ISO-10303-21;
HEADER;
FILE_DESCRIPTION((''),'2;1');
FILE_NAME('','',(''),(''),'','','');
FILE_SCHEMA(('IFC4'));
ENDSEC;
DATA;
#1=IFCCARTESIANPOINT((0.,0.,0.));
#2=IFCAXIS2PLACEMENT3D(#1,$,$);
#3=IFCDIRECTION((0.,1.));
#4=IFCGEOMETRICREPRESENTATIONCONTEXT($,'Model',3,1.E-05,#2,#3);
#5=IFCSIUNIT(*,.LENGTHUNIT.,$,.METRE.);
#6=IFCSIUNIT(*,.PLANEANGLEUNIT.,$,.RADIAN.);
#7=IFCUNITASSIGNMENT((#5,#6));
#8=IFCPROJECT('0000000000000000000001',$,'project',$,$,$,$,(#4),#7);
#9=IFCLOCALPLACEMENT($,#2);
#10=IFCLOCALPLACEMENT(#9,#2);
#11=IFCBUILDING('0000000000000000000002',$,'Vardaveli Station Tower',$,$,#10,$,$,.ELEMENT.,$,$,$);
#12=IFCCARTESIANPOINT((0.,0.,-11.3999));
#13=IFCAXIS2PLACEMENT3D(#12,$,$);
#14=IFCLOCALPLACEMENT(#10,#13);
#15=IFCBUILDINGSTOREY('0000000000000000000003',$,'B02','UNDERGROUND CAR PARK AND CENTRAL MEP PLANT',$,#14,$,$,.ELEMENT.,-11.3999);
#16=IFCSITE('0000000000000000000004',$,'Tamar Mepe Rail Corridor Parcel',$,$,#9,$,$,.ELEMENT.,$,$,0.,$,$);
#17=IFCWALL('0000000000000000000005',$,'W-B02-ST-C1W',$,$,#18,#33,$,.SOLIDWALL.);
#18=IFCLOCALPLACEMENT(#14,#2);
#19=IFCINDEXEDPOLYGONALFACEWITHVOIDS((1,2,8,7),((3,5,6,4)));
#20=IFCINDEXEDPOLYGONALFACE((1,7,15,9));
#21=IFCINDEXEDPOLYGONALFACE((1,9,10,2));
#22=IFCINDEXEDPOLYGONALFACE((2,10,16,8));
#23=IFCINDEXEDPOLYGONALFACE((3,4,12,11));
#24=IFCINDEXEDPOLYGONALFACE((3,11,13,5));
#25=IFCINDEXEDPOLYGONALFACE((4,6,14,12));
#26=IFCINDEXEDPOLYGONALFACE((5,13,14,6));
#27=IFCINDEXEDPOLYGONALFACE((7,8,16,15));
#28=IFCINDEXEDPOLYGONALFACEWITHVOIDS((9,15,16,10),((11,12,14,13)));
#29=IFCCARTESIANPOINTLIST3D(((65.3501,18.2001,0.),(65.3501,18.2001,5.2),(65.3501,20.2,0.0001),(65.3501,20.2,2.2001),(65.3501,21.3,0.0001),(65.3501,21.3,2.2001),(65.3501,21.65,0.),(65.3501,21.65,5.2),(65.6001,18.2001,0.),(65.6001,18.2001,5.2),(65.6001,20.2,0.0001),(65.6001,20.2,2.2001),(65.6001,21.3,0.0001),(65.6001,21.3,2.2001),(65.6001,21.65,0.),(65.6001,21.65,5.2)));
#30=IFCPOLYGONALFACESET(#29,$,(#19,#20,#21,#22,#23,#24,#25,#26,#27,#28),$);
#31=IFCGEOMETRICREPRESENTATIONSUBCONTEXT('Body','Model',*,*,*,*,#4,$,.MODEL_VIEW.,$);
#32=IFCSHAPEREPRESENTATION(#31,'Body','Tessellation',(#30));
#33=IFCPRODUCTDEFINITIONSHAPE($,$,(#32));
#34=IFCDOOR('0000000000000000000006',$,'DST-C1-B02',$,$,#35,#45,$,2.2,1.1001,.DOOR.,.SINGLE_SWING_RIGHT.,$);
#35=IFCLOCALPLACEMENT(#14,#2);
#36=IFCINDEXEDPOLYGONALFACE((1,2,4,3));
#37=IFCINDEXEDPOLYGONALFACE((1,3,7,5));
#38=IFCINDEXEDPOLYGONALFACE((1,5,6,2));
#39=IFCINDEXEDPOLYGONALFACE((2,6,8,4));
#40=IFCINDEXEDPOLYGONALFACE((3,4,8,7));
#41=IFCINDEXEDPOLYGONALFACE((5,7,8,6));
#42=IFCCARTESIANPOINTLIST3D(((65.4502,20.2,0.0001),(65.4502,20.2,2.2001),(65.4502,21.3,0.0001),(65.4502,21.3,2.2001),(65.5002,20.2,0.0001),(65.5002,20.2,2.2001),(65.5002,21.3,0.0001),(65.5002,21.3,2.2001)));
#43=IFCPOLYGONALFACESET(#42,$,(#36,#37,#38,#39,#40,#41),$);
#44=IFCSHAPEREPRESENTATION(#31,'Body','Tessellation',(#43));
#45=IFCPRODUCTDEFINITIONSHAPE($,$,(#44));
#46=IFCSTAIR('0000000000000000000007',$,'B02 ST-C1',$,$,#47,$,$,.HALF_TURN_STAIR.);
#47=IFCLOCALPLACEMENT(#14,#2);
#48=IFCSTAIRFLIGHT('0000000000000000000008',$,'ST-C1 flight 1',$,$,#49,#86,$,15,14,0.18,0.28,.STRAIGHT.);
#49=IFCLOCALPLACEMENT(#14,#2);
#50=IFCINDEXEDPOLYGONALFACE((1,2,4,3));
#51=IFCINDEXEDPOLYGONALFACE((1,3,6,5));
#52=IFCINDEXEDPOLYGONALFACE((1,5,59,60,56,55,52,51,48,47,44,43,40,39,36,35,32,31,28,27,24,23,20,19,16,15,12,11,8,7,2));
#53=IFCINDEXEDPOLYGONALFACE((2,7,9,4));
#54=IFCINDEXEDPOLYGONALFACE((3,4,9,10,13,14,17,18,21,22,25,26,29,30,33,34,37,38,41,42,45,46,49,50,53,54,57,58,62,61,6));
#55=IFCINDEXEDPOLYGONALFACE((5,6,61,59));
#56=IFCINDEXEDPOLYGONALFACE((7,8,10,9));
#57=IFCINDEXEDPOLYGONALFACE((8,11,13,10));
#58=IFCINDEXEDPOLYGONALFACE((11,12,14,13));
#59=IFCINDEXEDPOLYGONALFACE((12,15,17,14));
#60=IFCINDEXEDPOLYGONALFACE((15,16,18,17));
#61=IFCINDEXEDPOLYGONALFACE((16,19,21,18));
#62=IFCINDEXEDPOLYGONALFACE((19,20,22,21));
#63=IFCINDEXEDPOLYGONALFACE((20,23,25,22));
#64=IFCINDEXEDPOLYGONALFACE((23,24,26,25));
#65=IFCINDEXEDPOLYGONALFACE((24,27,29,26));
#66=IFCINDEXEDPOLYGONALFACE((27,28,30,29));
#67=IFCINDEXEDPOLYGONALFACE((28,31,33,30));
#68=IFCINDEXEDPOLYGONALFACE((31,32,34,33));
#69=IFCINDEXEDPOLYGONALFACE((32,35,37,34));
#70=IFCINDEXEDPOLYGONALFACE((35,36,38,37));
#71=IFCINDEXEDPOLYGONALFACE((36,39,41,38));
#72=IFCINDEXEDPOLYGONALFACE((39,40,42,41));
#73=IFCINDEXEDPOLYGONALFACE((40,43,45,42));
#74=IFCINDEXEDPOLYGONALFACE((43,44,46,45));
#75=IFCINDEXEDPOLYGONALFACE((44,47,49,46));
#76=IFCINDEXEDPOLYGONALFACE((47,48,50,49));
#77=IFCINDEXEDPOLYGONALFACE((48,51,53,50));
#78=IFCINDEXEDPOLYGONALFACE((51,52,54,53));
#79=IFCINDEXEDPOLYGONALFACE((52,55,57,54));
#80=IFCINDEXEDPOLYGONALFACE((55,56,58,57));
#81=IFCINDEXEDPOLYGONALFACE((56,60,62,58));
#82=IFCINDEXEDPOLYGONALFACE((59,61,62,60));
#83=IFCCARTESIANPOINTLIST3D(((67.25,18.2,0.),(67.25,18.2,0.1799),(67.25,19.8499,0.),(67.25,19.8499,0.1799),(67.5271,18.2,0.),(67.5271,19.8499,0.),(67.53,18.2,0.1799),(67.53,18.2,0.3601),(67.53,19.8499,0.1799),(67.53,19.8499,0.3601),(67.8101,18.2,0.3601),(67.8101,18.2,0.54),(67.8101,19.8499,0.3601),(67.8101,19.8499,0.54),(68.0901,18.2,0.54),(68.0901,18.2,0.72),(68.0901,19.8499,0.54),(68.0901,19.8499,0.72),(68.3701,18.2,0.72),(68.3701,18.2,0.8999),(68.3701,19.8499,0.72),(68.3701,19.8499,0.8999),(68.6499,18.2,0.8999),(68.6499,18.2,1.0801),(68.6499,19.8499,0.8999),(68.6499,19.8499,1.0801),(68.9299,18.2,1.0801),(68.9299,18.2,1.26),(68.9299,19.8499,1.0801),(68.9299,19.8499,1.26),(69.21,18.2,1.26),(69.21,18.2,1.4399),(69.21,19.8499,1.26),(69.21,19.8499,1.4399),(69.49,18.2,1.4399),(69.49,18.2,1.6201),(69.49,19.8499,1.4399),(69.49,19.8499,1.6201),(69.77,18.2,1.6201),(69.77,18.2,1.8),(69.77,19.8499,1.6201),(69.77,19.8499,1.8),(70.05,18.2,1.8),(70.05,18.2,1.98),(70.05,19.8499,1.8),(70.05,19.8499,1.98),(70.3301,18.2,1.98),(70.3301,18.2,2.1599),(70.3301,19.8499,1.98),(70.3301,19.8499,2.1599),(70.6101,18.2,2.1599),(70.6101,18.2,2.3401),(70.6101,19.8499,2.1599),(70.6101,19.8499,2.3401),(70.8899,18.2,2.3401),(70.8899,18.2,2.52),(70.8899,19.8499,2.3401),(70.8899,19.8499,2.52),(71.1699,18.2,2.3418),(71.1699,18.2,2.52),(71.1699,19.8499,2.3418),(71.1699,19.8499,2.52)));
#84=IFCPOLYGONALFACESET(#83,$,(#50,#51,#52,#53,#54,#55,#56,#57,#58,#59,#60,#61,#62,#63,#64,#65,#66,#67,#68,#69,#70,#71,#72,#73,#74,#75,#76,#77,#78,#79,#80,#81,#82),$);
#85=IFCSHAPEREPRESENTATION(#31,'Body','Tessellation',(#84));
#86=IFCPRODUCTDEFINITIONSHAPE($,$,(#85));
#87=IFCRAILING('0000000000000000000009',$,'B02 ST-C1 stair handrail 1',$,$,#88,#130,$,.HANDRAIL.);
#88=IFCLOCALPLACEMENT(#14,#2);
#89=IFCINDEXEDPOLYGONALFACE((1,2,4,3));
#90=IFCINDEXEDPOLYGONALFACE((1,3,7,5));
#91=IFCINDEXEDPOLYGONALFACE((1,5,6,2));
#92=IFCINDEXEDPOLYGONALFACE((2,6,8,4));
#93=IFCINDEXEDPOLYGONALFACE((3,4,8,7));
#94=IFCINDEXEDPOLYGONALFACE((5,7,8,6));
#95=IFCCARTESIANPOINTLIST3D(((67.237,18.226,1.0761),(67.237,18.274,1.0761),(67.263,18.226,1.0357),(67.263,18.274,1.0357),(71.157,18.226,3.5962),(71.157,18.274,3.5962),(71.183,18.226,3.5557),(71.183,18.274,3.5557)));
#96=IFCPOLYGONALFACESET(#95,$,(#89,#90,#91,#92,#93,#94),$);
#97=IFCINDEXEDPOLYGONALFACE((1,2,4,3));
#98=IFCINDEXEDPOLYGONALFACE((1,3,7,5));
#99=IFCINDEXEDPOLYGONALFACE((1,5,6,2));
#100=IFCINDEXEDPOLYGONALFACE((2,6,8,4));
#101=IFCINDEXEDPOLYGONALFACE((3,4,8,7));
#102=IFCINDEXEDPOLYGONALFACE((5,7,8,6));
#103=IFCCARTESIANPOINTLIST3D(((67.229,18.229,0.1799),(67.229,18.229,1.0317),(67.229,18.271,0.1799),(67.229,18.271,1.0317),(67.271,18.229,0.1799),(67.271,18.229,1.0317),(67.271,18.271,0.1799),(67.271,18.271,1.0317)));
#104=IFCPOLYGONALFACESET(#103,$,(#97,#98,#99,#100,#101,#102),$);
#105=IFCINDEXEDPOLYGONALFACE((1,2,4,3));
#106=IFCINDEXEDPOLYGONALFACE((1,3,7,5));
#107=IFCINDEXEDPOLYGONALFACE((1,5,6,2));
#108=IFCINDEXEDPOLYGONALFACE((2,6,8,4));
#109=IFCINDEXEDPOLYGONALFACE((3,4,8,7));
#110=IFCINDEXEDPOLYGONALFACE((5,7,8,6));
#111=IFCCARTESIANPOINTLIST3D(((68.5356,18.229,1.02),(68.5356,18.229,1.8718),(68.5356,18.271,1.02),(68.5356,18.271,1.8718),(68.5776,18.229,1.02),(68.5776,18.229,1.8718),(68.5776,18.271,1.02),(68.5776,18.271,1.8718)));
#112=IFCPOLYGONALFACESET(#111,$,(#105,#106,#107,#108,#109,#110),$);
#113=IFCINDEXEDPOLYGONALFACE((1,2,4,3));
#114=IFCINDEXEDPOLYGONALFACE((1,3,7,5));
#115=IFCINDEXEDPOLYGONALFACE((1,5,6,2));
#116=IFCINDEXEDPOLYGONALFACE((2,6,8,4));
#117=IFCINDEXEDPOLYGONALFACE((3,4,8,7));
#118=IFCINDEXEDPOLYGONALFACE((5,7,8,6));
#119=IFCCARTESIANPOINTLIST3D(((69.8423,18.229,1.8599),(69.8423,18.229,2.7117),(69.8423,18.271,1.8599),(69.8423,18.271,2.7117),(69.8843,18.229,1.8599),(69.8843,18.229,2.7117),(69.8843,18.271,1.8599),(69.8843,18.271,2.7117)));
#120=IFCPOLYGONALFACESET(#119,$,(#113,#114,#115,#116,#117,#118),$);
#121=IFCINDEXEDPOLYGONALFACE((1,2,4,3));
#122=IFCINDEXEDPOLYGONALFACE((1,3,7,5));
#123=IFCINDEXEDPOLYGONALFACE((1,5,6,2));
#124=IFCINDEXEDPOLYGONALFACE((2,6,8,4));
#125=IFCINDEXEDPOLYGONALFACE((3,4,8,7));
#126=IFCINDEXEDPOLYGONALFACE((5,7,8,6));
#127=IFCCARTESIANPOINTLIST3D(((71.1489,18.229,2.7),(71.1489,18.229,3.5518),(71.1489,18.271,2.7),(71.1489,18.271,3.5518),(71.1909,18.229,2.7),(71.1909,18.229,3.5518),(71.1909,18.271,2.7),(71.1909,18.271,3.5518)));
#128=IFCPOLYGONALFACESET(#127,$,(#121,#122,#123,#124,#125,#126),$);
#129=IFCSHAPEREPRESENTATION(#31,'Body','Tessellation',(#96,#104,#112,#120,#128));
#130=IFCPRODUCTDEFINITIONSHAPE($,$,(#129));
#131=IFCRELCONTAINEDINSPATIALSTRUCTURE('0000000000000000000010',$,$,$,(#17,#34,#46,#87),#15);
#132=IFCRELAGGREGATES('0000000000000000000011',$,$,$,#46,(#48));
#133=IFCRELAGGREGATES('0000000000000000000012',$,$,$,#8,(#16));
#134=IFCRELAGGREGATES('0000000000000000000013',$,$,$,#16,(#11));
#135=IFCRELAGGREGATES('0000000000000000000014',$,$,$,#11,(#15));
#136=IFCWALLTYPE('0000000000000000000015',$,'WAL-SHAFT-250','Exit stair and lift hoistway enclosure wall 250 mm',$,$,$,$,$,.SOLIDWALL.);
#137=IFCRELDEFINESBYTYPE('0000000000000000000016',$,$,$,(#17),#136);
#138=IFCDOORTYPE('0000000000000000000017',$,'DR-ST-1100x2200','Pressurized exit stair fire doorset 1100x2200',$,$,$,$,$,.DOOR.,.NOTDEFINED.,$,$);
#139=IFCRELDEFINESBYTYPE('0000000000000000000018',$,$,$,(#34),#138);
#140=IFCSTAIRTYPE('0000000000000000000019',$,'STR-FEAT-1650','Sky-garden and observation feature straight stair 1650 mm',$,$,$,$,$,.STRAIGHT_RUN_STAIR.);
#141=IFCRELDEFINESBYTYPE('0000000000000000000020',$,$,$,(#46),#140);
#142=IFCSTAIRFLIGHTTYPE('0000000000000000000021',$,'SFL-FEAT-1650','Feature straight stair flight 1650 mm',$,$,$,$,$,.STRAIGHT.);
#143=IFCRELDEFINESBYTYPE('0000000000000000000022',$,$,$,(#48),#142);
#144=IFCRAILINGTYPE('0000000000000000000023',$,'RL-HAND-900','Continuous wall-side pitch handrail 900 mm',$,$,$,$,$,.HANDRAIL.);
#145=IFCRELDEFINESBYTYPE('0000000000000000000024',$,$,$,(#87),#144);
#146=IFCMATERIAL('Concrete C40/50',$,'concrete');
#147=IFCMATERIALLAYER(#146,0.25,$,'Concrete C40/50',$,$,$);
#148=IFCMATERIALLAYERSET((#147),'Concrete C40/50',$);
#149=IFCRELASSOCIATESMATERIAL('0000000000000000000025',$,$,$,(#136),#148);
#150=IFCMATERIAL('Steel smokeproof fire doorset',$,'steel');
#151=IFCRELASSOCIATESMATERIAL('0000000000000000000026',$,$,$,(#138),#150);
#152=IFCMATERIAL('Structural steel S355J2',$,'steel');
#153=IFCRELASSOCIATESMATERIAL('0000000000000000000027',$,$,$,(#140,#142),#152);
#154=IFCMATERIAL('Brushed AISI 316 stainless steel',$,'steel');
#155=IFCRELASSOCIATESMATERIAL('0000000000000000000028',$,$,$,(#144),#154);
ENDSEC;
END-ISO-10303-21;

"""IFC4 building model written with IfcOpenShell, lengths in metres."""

from ifc_helpers import new_model, si_unit, direction, frame, frame_2d, origin, origin_2d, place, context, subcontext, project, spatial, polyline, rectangle, outline, extrude, source, transform, mapped, material, layer, layer_set, type_object, element, fill, aggregate, save


model = new_model("IFC4")

# Units and contexts
model_context = context("Model", 3, precision=1e-05, world=origin(), true_north=direction((0.0, 1.0)))
body_context = subcontext(model_context, "Body", "Model", "MODEL_VIEW")
ifc_project = project(units=[si_unit("LENGTHUNIT", "METRE"), si_unit("PLANEANGLEUNIT", "RADIAN")], contexts=[model_context])

# Site, building, storey
site_placement = place(None, origin())
site = spatial("IfcSite", under=ifc_project, at=site_placement, Name="Tamar Mepe Rail Corridor Parcel", CompositionType="ELEMENT", RefElevation=0.0)
building_placement = place(site_placement, origin())
building = spatial("IfcBuilding", under=site, at=building_placement, Name="Vardaveli Station Tower", CompositionType="ELEMENT")
storey_placement = place(building_placement, frame((0.0, 0.0, -11.3999)))
storey = spatial("IfcBuildingStorey", under=building, at=storey_placement, Name="B02", Description="UNDERGROUND CAR PARK AND CENTRAL MEP PLANT", CompositionType="ELEMENT", Elevation=-11.3999)

# Shared definitions
ifc_material_1 = material(Name="Concrete C40/50", Category="concrete")

# Shared definitions
ifc_layer_1 = layer(ifc_material_1, 0.25, Name="Concrete C40/50")
ifc_layer_set_1 = layer_set([ifc_layer_1], Name="Concrete C40/50")
wall_type_1 = type_object("IfcWallType", Name="WAL-SHAFT-250", Description="Exit stair and lift hoistway enclosure wall 250 mm", PredefinedType="SOLIDWALL", material=ifc_layer_set_1)
shared_shape_1 = source(origin(), body_context, "Body", "SweptSolid", [
    extrude(rectangle(XDim=3.45, YDim=0.25, at=frame_2d((1.7251, 0.0))), origin(), (0.0, 0.0, 1.0), 5.2),
])

# Wall, opening, door
wall_1_placement = place(storey_placement, frame((65.4751, 18.2, 0.0), z_axis=(0.0, 0.0, 1.0), x_axis=(0.0, 1.0, 0.0)))
wall_1 = element("IfcWall", 1, at=wall_1_placement, inside=storey, type_object=wall_type_1, Name="W-B02-ST-C1W", PredefinedType="SOLIDWALL", context=body_context, shape_type="MappedRepresentation", body=[
    mapped(shared_shape_1, transform((0.0, 0.0, 0.0), scale=1.0)),
])
shared_shape_2 = source(origin(), body_context, "Body", "SweptSolid", [
    extrude(rectangle(XDim=1.1001, YDim=2.2, at=frame_2d((0.55, 1.1001))), frame((0.0, 0.135, 0.0), z_axis=(0.0, -1.0, 0.0), x_axis=(1.0, 0.0, 0.0)), (0.0, 0.0, 1.0), 0.27),
])
opening_placement = place(wall_1_placement, frame((2.0, 0.0, 0.0)))
opening = element("IfcOpeningElement", 2, at=opening_placement, cuts=wall_1, PredefinedType="OPENING", context=body_context, shape_type="MappedRepresentation", body=[
    mapped(shared_shape_2, transform((0.0, 0.0, 0.0), scale=1.0)),
])
ifc_material_2 = material(Name="Steel smokeproof fire doorset", Category="steel")
door_type = type_object("IfcDoorType", Name="DR-ST-1100x2200", Description="Pressurized exit stair fire doorset 1100x2200", OperationType="NOTDEFINED", PredefinedType="DOOR", material=ifc_material_2)
shared_shape_3 = source(origin(), body_context, "Body", "SweptSolid", [
    extrude(rectangle(XDim=1.1001, YDim=2.2, at=frame_2d((0.55, 1.1001))), frame((0.0, 0.0249, 0.0), z_axis=(0.0, -1.0, 0.0), x_axis=(1.0, 0.0, 0.0)), (0.0, 0.0, 1.0), 0.05),
])
door_placement = place(opening_placement, origin())
door = element("IfcDoor", 3, at=door_placement, inside=storey, type_object=door_type, Name="DST-C1-B02", OperationType="SINGLE_SWING_RIGHT", OverallHeight=2.2, OverallWidth=1.1001, PredefinedType="DOOR", context=body_context, shape_type="MappedRepresentation", body=[
    mapped(shared_shape_3, transform((0.0, 0.0, 0.0), scale=1.0)),
])
fill(opening, door)

# Stair, stair flight
ifc_material_3 = material(Name="Structural steel S355J2", Category="steel")
stair_type = type_object("IfcStairType", Name="STR-FEAT-1650", Description="Sky-garden and observation feature straight stair 1650 mm", PredefinedType="STRAIGHT_RUN_STAIR", material=ifc_material_3)
stair_placement = place(storey_placement, origin())
stair = element("IfcStair", 4, at=stair_placement, inside=storey, type_object=stair_type, Name="B02 ST-C1", PredefinedType="HALF_TURN_STAIR")
stair_flight_type = type_object("IfcStairFlightType", Name="SFL-FEAT-1650", Description="Feature straight stair flight 1650 mm", PredefinedType="STRAIGHT", material=ifc_material_3)
shared_shape_4 = source(origin(), body_context, "Body", "SweptSolid", [
    extrude(outline(polyline([(0.0, 0.0), (0.0, 0.1799), (0.28, 0.1799), (0.28, 0.3601), (0.5601, 0.3601), (0.5601, 0.54), (0.8401, 0.54), (0.8401, 0.72), (1.1201, 0.72), (1.1201, 0.8999), (1.3999, 0.8999), (1.3999, 1.0801), (1.6799, 1.0801), (1.6799, 1.26), (1.96, 1.26), (1.96, 1.4399), (2.24, 1.4399), (2.24, 1.6201), (2.52, 1.6201), (2.52, 1.8), (2.8, 1.8), (2.8, 1.98), (3.0801, 1.98), (3.0801, 2.1599), (3.3601, 2.1599), (3.3601, 2.3401), (3.6399, 2.3401), (3.6399, 2.52), (3.9199, 2.52), (3.9199, 2.7), (3.9199, 2.3418), (0.2771, 0.0), (0.0, 0.0)])), frame((0.0, 0.825, 0.0), z_axis=(0.0, -1.0, 0.0), x_axis=(1.0, 0.0, 0.0)), (0.0, 0.0, 1.0), 1.6499),
])
stair_flight_placement = place(storey_placement, frame((67.25, 19.0249, 0.0), z_axis=(0.0, 0.0, 1.0), x_axis=(1.0, 0.0, 0.0)))
stair_flight = element("IfcStairFlight", 5, at=stair_flight_placement, type_object=stair_flight_type, Name="ST-C1 flight 1", NumberOfRisers=15, NumberOfTreads=14, PredefinedType="STRAIGHT", RiserHeight=0.18, TreadLength=0.28, context=body_context, shape_type="MappedRepresentation", body=[
    mapped(shared_shape_4, transform((0.0, 0.0, 0.0), scale=1.0)),
])
aggregate(stair, [stair_flight])

# Railing
ifc_material_4 = material(Name="Brushed AISI 316 stainless steel", Category="steel")
railing_type = type_object("IfcRailingType", Name="RL-HAND-900", Description="Continuous wall-side pitch handrail 900 mm", PredefinedType="HANDRAIL", material=ifc_material_4)
shared_shape_5 = source(origin(), body_context, "Body", "SweptSolid", [
    extrude(rectangle(XDim=0.0481, YDim=0.0481, at=origin_2d()), frame((0.0, 0.0, 0.876), z_axis=(0.841172, 0.0, 0.540768), x_axis=(0.0, 1.0, 0.0)), (0.0, 0.0, 1.0), 4.6602),
    extrude(rectangle(XDim=0.042, YDim=0.042, at=origin_2d()), origin(), (0.0, 0.0, 1.0), 0.8518),
    extrude(rectangle(XDim=0.042, YDim=0.042, at=origin_2d()), frame((1.3066, 0.0, 0.8401)), (0.0, 0.0, 1.0), 0.8518),
    extrude(rectangle(XDim=0.042, YDim=0.042, at=origin_2d()), frame((2.6133, 0.0, 1.6799)), (0.0, 0.0, 1.0), 0.8518),
    extrude(rectangle(XDim=0.042, YDim=0.042, at=origin_2d()), frame((3.9199, 0.0, 2.52)), (0.0, 0.0, 1.0), 0.8518),
])
railing_placement = place(storey_placement, frame((67.25, 18.25, 0.1799)))
element("IfcRailing", 6, at=railing_placement, inside=storey, type_object=railing_type, Name="B02 ST-C1 stair handrail 1", PredefinedType="HANDRAIL", context=body_context, shape_type="MappedRepresentation", body=[
    mapped(shared_shape_5, transform((0.0, 0.0, 0.0), scale=1.0)),
])

save(model, "model.ifc")
